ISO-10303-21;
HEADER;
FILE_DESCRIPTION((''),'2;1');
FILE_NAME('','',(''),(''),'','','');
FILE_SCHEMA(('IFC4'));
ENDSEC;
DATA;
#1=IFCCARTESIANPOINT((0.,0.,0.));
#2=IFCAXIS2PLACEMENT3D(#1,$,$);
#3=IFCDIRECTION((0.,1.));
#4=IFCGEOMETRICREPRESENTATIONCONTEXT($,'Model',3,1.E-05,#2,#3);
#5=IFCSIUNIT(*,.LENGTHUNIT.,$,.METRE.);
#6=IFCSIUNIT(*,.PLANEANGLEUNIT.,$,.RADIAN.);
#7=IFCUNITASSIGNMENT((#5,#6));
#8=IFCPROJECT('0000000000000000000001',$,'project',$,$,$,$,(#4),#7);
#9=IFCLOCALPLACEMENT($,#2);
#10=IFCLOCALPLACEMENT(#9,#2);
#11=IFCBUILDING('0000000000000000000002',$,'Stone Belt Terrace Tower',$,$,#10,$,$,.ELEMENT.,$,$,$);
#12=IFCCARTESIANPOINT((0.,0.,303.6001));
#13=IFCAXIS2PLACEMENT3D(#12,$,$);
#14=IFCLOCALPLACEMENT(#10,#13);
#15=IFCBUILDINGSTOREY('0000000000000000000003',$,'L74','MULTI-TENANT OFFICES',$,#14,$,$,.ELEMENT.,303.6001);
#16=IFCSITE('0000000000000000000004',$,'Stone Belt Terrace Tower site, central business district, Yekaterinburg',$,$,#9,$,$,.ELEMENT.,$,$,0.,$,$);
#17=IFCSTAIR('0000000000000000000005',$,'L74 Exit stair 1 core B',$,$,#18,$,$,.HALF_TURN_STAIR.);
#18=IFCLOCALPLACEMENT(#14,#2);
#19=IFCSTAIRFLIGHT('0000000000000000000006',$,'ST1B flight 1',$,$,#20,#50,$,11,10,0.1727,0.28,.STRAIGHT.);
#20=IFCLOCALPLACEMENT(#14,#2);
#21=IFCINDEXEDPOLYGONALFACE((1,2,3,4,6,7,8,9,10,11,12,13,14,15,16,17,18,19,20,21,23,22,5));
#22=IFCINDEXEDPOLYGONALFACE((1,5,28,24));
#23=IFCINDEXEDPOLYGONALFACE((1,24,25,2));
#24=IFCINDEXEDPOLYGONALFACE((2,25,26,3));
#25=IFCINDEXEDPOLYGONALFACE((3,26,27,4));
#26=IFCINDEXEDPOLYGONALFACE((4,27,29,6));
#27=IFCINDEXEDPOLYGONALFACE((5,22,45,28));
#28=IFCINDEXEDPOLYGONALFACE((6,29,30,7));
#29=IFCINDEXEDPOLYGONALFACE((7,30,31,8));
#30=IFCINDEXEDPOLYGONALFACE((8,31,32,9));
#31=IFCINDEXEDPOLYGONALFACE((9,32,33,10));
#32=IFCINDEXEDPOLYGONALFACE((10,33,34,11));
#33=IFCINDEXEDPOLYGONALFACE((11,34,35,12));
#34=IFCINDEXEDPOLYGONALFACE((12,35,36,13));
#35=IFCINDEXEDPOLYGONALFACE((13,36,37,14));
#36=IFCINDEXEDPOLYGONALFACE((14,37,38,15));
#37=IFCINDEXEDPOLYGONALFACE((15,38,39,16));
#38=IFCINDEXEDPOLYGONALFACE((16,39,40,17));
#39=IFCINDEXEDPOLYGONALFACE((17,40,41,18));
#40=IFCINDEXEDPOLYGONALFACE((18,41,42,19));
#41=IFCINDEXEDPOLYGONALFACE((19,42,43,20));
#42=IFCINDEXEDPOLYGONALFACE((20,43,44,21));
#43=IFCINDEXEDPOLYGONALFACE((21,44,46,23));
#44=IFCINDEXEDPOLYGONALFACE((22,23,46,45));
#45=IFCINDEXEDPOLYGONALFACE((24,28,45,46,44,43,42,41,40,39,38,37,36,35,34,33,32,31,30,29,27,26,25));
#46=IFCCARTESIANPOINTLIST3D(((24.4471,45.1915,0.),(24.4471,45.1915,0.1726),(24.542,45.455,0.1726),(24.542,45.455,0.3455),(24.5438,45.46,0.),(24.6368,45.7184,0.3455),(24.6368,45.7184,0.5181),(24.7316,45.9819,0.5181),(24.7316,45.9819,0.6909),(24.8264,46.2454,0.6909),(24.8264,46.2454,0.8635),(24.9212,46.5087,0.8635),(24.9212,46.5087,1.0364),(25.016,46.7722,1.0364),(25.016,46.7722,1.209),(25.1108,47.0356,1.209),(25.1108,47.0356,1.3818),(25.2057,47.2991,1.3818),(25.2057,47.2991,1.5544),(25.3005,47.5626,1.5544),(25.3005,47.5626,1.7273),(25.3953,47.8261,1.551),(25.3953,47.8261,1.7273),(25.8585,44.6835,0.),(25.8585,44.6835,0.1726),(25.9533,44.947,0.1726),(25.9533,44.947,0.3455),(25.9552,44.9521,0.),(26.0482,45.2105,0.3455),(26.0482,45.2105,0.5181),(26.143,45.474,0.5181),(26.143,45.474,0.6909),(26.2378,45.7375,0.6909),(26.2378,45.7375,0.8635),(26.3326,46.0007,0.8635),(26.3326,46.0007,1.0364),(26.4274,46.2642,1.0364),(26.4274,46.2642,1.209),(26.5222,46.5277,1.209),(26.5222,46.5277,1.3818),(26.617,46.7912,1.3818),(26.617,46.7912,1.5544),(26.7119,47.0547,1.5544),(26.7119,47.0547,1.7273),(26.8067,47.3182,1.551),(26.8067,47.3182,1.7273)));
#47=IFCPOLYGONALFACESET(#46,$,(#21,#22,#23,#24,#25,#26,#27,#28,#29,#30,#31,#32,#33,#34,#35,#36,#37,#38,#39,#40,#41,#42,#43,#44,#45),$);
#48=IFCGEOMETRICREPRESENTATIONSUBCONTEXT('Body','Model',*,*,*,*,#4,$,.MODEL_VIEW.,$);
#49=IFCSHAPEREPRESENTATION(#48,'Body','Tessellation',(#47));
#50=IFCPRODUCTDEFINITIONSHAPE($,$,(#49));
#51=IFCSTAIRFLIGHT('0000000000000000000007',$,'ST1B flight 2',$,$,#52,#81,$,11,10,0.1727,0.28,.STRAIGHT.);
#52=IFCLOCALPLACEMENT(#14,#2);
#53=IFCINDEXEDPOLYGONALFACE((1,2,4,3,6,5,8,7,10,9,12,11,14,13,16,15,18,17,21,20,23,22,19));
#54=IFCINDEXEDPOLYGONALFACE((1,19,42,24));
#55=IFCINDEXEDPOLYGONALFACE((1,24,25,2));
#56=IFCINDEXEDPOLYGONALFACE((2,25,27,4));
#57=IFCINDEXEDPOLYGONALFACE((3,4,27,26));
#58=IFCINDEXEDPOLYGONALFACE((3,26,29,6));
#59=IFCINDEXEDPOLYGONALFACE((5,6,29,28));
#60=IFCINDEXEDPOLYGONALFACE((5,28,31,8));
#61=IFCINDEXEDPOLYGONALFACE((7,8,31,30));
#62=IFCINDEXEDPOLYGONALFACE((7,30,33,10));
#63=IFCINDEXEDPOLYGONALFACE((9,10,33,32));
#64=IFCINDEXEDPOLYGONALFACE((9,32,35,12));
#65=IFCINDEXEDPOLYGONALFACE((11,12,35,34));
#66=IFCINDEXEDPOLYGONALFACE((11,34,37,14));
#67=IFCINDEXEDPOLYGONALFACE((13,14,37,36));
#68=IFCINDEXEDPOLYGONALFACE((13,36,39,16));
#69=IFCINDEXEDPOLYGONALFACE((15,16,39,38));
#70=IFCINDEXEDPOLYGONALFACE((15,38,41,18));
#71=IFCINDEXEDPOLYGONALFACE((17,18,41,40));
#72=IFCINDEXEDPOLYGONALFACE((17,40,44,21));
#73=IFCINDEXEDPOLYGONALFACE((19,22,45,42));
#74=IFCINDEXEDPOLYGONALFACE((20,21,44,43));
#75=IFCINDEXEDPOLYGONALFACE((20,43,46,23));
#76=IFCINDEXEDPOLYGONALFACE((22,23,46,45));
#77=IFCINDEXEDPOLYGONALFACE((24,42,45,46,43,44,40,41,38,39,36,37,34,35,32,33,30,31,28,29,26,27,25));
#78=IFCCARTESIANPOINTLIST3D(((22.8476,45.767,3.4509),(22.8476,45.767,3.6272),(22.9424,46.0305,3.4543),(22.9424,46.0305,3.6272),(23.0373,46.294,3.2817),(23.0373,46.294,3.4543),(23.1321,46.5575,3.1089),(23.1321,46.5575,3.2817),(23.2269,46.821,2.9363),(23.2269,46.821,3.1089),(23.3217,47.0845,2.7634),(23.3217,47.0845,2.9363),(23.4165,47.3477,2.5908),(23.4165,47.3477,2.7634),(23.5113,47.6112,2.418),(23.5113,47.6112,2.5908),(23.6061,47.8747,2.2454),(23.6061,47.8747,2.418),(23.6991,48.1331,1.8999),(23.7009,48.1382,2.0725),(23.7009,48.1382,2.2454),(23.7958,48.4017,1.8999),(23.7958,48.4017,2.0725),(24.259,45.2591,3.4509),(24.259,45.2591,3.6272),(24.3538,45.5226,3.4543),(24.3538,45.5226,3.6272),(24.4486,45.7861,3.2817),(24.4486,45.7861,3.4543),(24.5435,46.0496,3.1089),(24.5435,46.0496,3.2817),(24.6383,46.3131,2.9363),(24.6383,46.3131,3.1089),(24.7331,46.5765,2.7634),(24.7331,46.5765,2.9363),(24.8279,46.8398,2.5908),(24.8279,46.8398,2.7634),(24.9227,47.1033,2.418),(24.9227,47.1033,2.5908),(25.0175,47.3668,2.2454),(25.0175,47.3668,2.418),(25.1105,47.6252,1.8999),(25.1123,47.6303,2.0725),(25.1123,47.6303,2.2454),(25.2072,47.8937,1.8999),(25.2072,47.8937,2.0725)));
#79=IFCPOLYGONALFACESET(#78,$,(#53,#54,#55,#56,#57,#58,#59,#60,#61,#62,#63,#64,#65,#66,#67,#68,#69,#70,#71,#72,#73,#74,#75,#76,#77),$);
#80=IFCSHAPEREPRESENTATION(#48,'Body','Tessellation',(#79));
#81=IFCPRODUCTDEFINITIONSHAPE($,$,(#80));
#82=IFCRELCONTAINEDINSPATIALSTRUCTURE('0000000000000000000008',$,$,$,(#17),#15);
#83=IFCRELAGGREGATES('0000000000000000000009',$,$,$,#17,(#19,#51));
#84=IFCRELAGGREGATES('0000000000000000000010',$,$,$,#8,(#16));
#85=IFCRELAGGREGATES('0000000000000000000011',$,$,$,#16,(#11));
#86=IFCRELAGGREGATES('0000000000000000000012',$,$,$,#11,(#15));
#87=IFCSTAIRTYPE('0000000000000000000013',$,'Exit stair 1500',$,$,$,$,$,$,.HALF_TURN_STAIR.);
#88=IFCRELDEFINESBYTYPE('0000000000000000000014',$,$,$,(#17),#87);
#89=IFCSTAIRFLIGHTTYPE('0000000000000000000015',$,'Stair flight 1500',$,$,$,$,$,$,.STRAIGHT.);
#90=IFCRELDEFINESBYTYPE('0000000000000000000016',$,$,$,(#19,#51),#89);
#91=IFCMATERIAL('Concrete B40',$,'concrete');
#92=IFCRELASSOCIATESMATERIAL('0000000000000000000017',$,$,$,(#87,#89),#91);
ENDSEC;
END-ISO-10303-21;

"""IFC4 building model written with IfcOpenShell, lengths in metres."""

from ifc_helpers import new_model, si_unit, direction, frame, origin, place, context, subcontext, project, spatial, polyline, outline, extrude, material, type_object, element, aggregate, save


model = new_model("IFC4")

# Units and contexts
model_context = context("Model", 3, precision=1e-05, world=origin(), true_north=direction((0.0, 1.0)))
body_context = subcontext(model_context, "Body", "Model", "MODEL_VIEW")
ifc_project = project(units=[si_unit("LENGTHUNIT", "METRE"), si_unit("PLANEANGLEUNIT", "RADIAN")], contexts=[model_context])

# Site, building, storey
site_placement = place(None, origin())
site = spatial("IfcSite", under=ifc_project, at=site_placement, Name="Stone Belt Terrace Tower site, central business district, Yekaterinburg", CompositionType="ELEMENT", RefElevation=0.0)
building_placement = place(site_placement, origin())
building = spatial("IfcBuilding", under=site, at=building_placement, Name="Stone Belt Terrace Tower", CompositionType="ELEMENT")
storey_placement = place(building_placement, frame((0.0, 0.0, 303.6001)))
storey = spatial("IfcBuildingStorey", under=building, at=storey_placement, Name="L74", Description="MULTI-TENANT OFFICES", CompositionType="ELEMENT", Elevation=303.6001)

# Stair, stair flights
ifc_material_1 = material(Name="Concrete B40", Category="concrete")
stair_type = type_object("IfcStairType", Name="Exit stair 1500", PredefinedType="HALF_TURN_STAIR", material=ifc_material_1)
stair_placement = place(storey_placement, origin())
stair = element("IfcStair", 1, at=stair_placement, inside=storey, type_object=stair_type, Name="L74 Exit stair 1 core B", PredefinedType="HALF_TURN_STAIR")
stair_flight_type = type_object("IfcStairFlightType", Name="Stair flight 1500", PredefinedType="STRAIGHT", material=ifc_material_1)
stair_flight_1_placement = place(storey_placement, frame((25.1528, 44.9375, 0.0), z_axis=(0.0, 0.0, 1.0), x_axis=(0.338624, 0.940922, 0.0)))
stair_flight_1 = element("IfcStairFlight", 2, at=stair_flight_1_placement, type_object=stair_flight_type, Name="ST1B flight 1", NumberOfRisers=11, NumberOfTreads=10, PredefinedType="STRAIGHT", RiserHeight=0.1727, TreadLength=0.28, context=body_context, shape_type="SweptSolid", body=[
    extrude(outline(polyline([(0.0, 0.0), (0.0, 0.1726), (0.28, 0.1726), (0.28, 0.3455), (0.5601, 0.3455), (0.5601, 0.5181), (0.8401, 0.5181), (0.8401, 0.6909), (1.1201, 0.6909), (1.1201, 0.8635), (1.3999, 0.8635), (1.3999, 1.0364), (1.6799, 1.0364), (1.6799, 1.209), (1.96, 1.209), (1.96, 1.3818), (2.24, 1.3818), (2.24, 1.5544), (2.52, 1.5544), (2.52, 1.7273), (2.8, 1.7273), (2.8, 1.8999), (2.8, 1.551), (0.2854, 0.0), (0.0, 0.0)])), frame((0.0, 0.75, 0.0), z_axis=(0.0, -1.0, 0.0), x_axis=(1.0, 0.0, 0.0)), (0.0, 0.0, 1.0), 1.5),
])
stair_flight_2_placement = place(storey_placement, frame((24.5015, 48.1477, 1.8999), z_axis=(0.0, 0.0, 1.0), x_axis=(-0.338624, -0.940922, 0.0)))
stair_flight_2 = element("IfcStairFlight", 3, at=stair_flight_2_placement, type_object=stair_flight_type, Name="ST1B flight 2", NumberOfRisers=11, NumberOfTreads=10, PredefinedType="STRAIGHT", RiserHeight=0.1727, TreadLength=0.28, context=body_context, shape_type="SweptSolid", body=[
    extrude(outline(polyline([(0.0, 0.0), (0.0, 0.1726), (0.28, 0.1726), (0.28, 0.3455), (0.5601, 0.3455), (0.5601, 0.5181), (0.8401, 0.5181), (0.8401, 0.6909), (1.1201, 0.6909), (1.1201, 0.8635), (1.3999, 0.8635), (1.3999, 1.0364), (1.6799, 1.0364), (1.6799, 1.209), (1.96, 1.209), (1.96, 1.3818), (2.24, 1.3818), (2.24, 1.5544), (2.52, 1.5544), (2.52, 1.7273), (2.8, 1.7273), (2.8, 1.8999), (2.8, 1.551), (0.2854, 0.0), (0.0, 0.0)])), frame((0.0, 0.75, 0.0), z_axis=(0.0, -1.0, 0.0), x_axis=(1.0, 0.0, 0.0)), (0.0, 0.0, 1.0), 1.5),
])
aggregate(stair, [stair_flight_1, stair_flight_2])

save(model, "model.ifc")
